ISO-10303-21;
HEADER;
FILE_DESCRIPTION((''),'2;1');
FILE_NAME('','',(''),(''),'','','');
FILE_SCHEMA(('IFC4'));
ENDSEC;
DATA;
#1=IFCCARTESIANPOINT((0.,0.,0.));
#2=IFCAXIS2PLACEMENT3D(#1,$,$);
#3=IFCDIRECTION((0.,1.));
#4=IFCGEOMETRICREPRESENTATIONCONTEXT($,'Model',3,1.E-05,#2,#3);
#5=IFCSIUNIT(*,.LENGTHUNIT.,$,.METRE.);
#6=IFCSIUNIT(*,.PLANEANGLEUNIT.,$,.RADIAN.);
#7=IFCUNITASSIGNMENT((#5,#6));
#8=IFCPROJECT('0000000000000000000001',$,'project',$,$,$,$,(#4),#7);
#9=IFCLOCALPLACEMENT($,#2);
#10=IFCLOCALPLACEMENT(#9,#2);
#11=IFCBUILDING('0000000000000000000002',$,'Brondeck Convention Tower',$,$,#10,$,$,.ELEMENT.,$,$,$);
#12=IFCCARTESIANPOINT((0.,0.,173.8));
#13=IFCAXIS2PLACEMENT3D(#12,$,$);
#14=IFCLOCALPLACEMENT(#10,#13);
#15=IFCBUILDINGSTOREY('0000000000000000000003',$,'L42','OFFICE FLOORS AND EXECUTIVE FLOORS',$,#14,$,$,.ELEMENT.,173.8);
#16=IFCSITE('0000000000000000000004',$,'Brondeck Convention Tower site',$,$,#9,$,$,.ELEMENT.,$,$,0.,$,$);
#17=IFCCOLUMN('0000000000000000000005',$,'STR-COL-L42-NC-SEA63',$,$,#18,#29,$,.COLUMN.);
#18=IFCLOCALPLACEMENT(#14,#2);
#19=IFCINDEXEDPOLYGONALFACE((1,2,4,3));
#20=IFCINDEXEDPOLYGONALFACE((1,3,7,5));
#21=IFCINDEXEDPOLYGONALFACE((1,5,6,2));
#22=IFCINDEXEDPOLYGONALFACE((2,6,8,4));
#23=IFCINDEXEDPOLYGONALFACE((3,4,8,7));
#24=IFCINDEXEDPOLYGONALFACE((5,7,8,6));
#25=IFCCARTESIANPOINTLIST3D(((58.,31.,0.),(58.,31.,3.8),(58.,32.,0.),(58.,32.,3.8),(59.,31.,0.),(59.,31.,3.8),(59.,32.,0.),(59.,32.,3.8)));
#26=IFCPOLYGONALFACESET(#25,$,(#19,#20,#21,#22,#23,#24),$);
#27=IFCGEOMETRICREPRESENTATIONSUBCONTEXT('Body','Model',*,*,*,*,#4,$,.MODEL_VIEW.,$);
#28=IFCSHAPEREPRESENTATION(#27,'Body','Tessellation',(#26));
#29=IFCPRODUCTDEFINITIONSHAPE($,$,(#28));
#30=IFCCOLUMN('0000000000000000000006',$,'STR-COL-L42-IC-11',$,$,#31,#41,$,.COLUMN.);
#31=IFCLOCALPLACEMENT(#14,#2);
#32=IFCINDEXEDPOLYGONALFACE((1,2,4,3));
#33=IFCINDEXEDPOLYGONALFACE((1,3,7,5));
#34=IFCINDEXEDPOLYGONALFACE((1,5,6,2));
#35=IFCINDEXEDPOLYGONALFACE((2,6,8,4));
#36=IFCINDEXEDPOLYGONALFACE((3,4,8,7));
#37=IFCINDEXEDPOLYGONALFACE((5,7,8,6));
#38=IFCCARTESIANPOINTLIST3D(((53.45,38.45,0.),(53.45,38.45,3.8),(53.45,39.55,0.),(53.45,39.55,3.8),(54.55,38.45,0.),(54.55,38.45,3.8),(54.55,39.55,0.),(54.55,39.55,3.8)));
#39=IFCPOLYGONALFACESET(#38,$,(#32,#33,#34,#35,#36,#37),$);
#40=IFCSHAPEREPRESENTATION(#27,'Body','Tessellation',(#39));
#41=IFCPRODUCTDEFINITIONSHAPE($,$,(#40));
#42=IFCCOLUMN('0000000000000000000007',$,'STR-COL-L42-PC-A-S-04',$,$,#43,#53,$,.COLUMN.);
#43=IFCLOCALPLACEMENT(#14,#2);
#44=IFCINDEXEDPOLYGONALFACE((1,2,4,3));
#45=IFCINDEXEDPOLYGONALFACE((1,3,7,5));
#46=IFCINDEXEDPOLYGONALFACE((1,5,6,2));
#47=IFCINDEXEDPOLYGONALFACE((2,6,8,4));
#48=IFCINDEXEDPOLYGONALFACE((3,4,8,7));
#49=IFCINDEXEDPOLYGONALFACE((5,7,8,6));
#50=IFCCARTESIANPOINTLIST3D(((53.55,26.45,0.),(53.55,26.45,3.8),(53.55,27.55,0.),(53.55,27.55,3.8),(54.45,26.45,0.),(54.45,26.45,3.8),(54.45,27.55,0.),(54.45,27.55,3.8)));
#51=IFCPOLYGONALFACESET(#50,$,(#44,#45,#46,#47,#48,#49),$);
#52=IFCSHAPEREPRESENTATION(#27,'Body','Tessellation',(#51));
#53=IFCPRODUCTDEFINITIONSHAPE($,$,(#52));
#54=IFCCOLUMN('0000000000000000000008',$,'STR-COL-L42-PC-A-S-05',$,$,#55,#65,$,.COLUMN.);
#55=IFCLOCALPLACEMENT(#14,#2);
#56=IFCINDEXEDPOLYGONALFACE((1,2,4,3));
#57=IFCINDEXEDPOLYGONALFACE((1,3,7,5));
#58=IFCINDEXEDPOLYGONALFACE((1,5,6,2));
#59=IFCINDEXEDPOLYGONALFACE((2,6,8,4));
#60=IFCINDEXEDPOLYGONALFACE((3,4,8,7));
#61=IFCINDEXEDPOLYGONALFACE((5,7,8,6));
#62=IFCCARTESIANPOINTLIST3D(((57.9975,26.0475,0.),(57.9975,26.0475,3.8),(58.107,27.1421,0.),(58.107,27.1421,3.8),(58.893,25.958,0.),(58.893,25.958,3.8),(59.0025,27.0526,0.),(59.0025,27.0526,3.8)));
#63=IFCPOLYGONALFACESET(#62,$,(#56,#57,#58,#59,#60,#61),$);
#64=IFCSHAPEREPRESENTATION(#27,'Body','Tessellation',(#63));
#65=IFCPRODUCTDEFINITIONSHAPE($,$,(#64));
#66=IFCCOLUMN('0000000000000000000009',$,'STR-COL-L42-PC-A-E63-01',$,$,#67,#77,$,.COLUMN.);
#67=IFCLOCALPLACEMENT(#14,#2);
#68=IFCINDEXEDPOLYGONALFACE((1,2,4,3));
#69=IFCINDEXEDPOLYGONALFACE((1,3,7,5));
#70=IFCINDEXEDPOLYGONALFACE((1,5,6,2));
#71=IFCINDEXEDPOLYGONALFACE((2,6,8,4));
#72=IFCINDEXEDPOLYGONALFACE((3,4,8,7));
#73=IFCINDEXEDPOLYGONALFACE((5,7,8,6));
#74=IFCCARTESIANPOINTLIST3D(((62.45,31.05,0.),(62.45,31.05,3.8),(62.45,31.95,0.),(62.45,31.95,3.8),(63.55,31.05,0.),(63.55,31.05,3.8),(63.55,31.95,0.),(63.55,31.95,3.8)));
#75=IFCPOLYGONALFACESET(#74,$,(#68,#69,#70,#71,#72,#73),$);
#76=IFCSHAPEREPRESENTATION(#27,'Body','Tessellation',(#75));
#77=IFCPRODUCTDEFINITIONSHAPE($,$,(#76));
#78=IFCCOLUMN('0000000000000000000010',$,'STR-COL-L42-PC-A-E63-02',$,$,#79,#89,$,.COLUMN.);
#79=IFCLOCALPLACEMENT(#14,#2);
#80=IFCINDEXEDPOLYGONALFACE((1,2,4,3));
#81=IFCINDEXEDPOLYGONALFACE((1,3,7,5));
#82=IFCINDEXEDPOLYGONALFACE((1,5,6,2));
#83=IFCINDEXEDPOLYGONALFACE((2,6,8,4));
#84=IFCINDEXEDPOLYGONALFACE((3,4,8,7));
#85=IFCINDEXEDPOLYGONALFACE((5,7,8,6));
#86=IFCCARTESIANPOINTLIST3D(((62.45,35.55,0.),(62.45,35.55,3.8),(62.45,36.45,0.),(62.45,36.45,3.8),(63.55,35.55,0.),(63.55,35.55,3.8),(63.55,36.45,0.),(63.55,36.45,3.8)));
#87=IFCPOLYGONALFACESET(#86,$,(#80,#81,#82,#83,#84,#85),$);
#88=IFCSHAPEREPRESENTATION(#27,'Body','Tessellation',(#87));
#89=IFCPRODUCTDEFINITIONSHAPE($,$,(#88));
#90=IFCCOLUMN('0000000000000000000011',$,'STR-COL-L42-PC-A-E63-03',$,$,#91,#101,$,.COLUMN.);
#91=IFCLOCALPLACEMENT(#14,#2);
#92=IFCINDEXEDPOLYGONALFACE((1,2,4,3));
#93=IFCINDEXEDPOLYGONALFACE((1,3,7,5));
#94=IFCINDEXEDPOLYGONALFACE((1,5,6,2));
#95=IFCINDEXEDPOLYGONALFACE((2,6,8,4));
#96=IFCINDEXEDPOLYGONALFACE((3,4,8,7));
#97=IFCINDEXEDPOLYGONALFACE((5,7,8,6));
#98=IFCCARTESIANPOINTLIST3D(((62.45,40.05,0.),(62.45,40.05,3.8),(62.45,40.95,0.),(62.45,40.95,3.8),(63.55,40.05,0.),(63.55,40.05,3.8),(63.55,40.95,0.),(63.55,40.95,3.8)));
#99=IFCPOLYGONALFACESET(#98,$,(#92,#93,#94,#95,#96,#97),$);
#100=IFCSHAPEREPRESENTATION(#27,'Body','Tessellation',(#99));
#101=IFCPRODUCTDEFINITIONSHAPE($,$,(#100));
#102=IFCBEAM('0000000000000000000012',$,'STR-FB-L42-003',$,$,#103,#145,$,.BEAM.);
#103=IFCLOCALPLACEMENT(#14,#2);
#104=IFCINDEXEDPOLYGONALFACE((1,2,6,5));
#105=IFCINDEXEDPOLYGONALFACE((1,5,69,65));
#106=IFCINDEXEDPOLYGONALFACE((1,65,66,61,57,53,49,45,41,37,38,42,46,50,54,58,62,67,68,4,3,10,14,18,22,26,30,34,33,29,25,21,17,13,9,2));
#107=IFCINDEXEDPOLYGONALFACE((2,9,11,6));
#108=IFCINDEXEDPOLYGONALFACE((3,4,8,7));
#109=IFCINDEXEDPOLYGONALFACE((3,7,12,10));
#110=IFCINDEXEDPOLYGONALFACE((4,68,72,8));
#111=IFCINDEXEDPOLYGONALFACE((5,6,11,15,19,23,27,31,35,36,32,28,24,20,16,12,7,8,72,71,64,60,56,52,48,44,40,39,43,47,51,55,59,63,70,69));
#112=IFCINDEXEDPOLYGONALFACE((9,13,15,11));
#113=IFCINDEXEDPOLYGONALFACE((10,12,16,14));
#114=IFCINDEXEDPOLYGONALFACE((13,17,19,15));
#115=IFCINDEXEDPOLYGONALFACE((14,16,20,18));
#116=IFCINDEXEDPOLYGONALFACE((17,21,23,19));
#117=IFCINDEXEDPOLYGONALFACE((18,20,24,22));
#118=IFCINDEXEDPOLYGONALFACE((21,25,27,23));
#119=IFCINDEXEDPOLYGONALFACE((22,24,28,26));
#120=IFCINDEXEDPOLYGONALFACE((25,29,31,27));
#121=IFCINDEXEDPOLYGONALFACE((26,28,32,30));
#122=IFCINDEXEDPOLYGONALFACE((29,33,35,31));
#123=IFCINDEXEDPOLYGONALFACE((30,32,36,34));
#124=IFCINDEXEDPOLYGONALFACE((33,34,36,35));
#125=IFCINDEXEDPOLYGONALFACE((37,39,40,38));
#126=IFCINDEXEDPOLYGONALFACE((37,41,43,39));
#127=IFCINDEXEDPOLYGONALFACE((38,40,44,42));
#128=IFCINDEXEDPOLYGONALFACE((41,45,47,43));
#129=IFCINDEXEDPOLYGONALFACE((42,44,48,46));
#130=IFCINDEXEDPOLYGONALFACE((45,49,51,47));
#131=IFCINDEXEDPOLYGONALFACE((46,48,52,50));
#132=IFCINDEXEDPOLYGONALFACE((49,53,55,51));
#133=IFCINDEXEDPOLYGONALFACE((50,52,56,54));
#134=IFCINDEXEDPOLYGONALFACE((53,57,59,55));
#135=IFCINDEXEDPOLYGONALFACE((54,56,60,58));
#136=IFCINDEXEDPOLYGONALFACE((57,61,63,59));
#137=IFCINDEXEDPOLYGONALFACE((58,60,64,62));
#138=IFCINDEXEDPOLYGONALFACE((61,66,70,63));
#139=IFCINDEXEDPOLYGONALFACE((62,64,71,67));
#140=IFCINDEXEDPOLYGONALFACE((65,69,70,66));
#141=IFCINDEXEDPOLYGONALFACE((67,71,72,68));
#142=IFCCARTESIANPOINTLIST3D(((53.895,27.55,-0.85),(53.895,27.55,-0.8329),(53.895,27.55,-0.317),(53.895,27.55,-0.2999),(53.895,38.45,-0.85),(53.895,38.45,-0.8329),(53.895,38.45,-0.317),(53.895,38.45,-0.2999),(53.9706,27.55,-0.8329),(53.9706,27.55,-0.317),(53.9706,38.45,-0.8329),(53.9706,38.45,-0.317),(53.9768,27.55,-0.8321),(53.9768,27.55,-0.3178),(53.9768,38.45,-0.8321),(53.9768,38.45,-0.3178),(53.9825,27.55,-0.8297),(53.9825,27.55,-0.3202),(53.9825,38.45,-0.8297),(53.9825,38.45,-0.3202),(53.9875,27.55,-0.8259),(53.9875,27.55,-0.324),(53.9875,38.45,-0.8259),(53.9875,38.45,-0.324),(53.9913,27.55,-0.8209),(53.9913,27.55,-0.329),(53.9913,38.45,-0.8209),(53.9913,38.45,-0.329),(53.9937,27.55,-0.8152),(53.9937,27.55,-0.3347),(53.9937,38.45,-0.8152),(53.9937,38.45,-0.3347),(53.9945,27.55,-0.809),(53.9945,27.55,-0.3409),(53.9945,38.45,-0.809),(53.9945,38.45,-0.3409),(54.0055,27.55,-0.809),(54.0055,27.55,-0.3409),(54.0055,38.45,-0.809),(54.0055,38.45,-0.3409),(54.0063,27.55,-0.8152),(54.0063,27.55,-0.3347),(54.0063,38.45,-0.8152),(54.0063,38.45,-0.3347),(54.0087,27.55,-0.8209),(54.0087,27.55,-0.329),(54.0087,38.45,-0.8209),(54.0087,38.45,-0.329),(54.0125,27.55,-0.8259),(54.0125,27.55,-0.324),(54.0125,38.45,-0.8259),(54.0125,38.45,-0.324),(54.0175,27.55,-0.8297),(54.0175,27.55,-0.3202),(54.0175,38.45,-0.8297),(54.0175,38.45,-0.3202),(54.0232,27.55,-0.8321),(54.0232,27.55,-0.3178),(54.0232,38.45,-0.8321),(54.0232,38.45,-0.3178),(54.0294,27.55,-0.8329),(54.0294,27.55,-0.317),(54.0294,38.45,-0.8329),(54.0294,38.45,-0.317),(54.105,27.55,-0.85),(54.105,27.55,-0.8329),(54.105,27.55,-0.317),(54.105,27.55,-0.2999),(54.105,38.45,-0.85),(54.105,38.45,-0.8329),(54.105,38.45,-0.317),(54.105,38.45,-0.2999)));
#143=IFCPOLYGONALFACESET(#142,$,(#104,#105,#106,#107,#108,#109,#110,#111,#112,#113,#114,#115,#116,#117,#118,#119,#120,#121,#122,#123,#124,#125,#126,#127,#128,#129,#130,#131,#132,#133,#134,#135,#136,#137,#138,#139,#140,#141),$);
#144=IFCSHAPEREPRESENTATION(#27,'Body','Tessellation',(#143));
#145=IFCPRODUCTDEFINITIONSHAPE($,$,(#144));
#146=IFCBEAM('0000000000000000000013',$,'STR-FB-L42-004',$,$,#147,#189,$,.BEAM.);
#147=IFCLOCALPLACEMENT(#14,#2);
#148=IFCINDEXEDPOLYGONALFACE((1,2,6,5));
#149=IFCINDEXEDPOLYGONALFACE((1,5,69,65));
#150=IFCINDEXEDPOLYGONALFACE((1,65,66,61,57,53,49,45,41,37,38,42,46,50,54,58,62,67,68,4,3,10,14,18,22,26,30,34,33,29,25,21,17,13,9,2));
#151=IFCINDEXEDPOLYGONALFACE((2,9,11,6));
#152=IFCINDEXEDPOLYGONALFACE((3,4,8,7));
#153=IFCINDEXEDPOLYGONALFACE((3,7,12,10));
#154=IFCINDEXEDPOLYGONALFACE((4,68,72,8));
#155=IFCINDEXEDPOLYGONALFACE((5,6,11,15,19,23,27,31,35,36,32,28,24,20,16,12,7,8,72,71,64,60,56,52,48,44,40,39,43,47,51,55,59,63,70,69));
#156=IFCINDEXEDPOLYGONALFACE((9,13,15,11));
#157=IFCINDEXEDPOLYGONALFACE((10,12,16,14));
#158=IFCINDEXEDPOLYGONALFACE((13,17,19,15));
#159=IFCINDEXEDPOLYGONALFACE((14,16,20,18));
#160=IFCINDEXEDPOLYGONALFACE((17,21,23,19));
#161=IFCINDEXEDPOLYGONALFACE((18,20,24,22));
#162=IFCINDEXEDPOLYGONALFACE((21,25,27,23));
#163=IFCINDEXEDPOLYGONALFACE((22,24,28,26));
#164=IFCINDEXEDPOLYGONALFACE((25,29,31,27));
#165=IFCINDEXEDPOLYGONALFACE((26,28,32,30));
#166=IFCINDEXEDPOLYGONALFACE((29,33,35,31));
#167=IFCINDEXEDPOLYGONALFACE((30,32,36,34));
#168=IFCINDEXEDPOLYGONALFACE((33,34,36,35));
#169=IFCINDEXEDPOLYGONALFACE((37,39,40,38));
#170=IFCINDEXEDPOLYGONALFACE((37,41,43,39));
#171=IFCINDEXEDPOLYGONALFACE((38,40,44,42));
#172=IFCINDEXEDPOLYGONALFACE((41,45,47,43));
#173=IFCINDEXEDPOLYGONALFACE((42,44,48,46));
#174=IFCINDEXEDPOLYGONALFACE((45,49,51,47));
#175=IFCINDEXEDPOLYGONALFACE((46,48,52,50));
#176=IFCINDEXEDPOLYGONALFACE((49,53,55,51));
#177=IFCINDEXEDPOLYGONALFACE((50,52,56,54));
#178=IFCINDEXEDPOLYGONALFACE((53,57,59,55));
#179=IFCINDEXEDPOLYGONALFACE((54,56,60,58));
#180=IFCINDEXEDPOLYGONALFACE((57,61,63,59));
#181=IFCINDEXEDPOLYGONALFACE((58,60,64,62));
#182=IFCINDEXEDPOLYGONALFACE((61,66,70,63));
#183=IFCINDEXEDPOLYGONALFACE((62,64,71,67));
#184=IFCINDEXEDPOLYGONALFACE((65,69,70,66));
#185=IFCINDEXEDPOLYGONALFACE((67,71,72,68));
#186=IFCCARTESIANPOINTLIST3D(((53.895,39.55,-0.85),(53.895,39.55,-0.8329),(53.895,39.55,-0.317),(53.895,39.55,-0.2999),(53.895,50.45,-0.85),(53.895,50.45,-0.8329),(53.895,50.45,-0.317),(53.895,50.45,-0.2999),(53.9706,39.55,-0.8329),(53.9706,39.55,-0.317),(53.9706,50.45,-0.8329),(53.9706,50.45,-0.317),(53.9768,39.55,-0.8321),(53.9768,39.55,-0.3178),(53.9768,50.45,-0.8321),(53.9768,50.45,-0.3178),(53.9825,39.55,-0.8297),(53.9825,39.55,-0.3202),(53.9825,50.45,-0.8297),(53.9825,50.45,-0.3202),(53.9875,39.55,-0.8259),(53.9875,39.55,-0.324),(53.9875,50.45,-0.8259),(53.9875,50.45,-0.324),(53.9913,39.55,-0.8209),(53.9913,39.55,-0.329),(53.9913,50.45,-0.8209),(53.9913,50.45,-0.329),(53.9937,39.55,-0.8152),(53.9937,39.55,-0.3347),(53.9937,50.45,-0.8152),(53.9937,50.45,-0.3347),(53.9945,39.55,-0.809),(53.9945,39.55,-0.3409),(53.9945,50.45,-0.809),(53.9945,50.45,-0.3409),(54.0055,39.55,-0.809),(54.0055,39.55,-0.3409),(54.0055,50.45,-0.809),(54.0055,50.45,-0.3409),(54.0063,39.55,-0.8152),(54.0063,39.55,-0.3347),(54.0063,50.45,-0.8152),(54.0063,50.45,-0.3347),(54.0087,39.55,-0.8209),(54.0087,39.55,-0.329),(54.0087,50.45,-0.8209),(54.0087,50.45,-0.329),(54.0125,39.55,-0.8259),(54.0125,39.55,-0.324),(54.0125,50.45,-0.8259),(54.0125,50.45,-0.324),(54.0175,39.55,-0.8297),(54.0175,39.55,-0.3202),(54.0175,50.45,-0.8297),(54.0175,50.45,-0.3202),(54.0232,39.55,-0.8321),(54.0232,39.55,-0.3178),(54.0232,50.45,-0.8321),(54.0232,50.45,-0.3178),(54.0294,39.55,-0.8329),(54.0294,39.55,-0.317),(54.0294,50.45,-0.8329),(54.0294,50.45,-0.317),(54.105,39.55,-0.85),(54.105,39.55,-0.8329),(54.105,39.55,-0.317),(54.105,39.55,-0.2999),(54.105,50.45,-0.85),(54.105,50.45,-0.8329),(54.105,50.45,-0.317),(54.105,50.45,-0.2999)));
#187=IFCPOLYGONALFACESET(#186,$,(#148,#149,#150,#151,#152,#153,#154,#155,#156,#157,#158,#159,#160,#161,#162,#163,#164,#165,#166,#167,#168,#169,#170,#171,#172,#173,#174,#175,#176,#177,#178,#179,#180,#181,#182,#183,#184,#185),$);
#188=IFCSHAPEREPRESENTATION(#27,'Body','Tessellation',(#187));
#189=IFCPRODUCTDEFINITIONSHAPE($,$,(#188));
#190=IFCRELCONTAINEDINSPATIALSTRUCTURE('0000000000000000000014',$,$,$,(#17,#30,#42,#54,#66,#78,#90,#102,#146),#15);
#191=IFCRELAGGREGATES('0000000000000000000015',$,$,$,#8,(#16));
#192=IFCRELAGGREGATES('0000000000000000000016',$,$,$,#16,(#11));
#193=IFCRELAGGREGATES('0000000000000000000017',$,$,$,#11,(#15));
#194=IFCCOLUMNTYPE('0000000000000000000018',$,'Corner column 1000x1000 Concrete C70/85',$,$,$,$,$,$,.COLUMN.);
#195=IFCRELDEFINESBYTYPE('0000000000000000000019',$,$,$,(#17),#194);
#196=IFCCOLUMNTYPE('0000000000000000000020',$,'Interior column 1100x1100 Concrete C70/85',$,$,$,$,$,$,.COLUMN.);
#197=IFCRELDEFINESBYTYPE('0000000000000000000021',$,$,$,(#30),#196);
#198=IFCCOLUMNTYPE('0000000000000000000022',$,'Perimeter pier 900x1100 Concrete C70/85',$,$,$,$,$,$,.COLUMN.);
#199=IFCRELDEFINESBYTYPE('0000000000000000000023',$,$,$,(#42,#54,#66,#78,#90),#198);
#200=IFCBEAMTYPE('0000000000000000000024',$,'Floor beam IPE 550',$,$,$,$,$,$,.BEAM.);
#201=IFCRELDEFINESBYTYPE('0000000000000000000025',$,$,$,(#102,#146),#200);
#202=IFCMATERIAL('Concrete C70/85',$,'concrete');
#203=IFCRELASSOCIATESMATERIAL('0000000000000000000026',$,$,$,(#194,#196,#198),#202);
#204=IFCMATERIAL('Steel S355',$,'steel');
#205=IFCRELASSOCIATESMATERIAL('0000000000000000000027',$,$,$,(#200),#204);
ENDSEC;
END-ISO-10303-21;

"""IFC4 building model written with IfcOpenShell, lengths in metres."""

from ifc_helpers import new_model, si_unit, direction, frame, origin, origin_2d, place, context, subcontext, project, spatial, rectangle, i_section, extrude, material, material_profile, profile_set, type_object, element, save


model = new_model("IFC4")

# Units and contexts
model_context = context("Model", 3, precision=1e-05, world=origin(), true_north=direction((0.0, 1.0)))
body_context = subcontext(model_context, "Body", "Model", "MODEL_VIEW")
ifc_project = project(units=[si_unit("LENGTHUNIT", "METRE"), si_unit("PLANEANGLEUNIT", "RADIAN")], contexts=[model_context])

# Site, building, storey
site_placement = place(None, origin())
site = spatial("IfcSite", under=ifc_project, at=site_placement, Name="Brondeck Convention Tower site", CompositionType="ELEMENT", RefElevation=0.0)
building_placement = place(site_placement, origin())
building = spatial("IfcBuilding", under=site, at=building_placement, Name="Brondeck Convention Tower", CompositionType="ELEMENT")
storey_placement = place(building_placement, frame((0.0, 0.0, 173.8)))
storey = spatial("IfcBuildingStorey", under=building, at=storey_placement, Name="L42", Description="OFFICE FLOORS AND EXECUTIVE FLOORS", CompositionType="ELEMENT", Elevation=173.8)

# Columns
ifc_material_1 = material(Name="Concrete C70/85", Category="concrete")
ifc_material_profile_1 = material_profile(ifc_material_1, rectangle(XDim=1.0, YDim=1.0, at=origin_2d()), Name="Corner column 1000x1000 Concrete C70/85")
ifc_profile_set_1 = profile_set([ifc_material_profile_1], Name="Concrete C70/85")
column_type_1 = type_object("IfcColumnType", Name="Corner column 1000x1000 Concrete C70/85", PredefinedType="COLUMN", material=ifc_profile_set_1)
column_1_placement = place(storey_placement, frame((58.5, 31.5, 0.0), z_axis=(0.0, 0.0, 1.0), x_axis=(1.0, 0.0, 0.0)))
element("IfcColumn", 1, at=column_1_placement, inside=storey, type_object=column_type_1, Name="STR-COL-L42-NC-SEA63", PredefinedType="COLUMN", context=body_context, shape_type="SweptSolid", body=[
    extrude(rectangle(XDim=1.0, YDim=1.0, at=origin_2d()), origin(), (0.0, 0.0, 1.0), 3.8),
])
ifc_material_profile_2 = material_profile(ifc_material_1, rectangle(XDim=1.1001, YDim=1.1001, at=origin_2d()), Name="Interior column 1100x1100 Concrete C70/85")
ifc_profile_set_2 = profile_set([ifc_material_profile_2], Name="Concrete C70/85")
column_type_2 = type_object("IfcColumnType", Name="Interior column 1100x1100 Concrete C70/85", PredefinedType="COLUMN", material=ifc_profile_set_2)
column_2_placement = place(storey_placement, frame((54.0, 39.0, 0.0), z_axis=(0.0, 0.0, 1.0), x_axis=(1.0, 0.0, 0.0)))
element("IfcColumn", 2, at=column_2_placement, inside=storey, type_object=column_type_2, Name="STR-COL-L42-IC-11", PredefinedType="COLUMN", context=body_context, shape_type="SweptSolid", body=[
    extrude(rectangle(XDim=1.1001, YDim=1.1001, at=origin_2d()), origin(), (0.0, 0.0, 1.0), 3.8),
])
ifc_material_profile_3 = material_profile(ifc_material_1, rectangle(XDim=0.8999, YDim=1.1001, at=origin_2d()), Name="Perimeter pier 900x1100 Concrete C70/85")
ifc_profile_set_3 = profile_set([ifc_material_profile_3], Name="Concrete C70/85")
column_type_3 = type_object("IfcColumnType", Name="Perimeter pier 900x1100 Concrete C70/85", PredefinedType="COLUMN", material=ifc_profile_set_3)
for number, where, z_axis, x_axis, name in (
    (3, (54.0, 27.0, 0.0), (0.0, 0.0, 1.0), (1.0, 0.0, 0.0), "STR-COL-L42-PC-A-S-04"),
    (4, (58.5, 26.55, 0.0), (0.0, 0.0, 1.0), (0.995037, -0.099504, 0.0), "STR-COL-L42-PC-A-S-05"),
    (5, (63.0, 31.5, 0.0), (0.0, 0.0, 1.0), (0.0, 1.0, 0.0), "STR-COL-L42-PC-A-E63-01"),
    (6, (63.0, 36.0, 0.0), (0.0, 0.0, 1.0), (0.0, 1.0, 0.0), "STR-COL-L42-PC-A-E63-02"),
    (7, (63.0, 40.5, 0.0), (0.0, 0.0, 1.0), (0.0, 1.0, 0.0), "STR-COL-L42-PC-A-E63-03"),
):
    element("IfcColumn", number, at=place(storey_placement, frame(where, z_axis=z_axis, x_axis=x_axis)), inside=storey, type_object=column_type_3, Name=name, PredefinedType="COLUMN", context=body_context, shape_type="SweptSolid", body=[
        extrude(rectangle(XDim=0.8999, YDim=1.1001, at=origin_2d()), origin(), (0.0, 0.0, 1.0), 3.8),
    ])

# Beams
ifc_material_2 = material(Name="Steel S355", Category="steel")
ifc_material_profile_4 = material_profile(ifc_material_2, i_section(OverallWidth=0.21, OverallDepth=0.55, WebThickness=0.011, FlangeThickness=0.0171, FilletRadius=0.0239, at=origin_2d()), Name="IPE 550")
ifc_profile_set_4 = profile_set([ifc_material_profile_4], Name="Steel S355")
beam_type_1 = type_object("IfcBeamType", Name="Floor beam IPE 550", PredefinedType="BEAM", material=ifc_profile_set_4)
for number, where, z_axis, x_axis, name in (
    (8, (54.0, 27.55, -0.575), (0.0, 1.0, 0.0), (-1.0, 0.0, 0.0), "STR-FB-L42-003"),
    (9, (54.0, 39.55, -0.575), (0.0, 1.0, 0.0), (-1.0, 0.0, 0.0), "STR-FB-L42-004"),
):
    element("IfcBeam", number, at=place(storey_placement, frame(where, z_axis=z_axis, x_axis=x_axis)), inside=storey, type_object=beam_type_1, Name=name, PredefinedType="BEAM", context=body_context, shape_type="SweptSolid", body=[
        extrude(i_section(OverallWidth=0.21, OverallDepth=0.55, WebThickness=0.011, FlangeThickness=0.0171, FilletRadius=0.0239, at=origin_2d()), origin(), (0.0, 0.0, 1.0), 10.8999),
    ])

save(model, "model.ifc")
